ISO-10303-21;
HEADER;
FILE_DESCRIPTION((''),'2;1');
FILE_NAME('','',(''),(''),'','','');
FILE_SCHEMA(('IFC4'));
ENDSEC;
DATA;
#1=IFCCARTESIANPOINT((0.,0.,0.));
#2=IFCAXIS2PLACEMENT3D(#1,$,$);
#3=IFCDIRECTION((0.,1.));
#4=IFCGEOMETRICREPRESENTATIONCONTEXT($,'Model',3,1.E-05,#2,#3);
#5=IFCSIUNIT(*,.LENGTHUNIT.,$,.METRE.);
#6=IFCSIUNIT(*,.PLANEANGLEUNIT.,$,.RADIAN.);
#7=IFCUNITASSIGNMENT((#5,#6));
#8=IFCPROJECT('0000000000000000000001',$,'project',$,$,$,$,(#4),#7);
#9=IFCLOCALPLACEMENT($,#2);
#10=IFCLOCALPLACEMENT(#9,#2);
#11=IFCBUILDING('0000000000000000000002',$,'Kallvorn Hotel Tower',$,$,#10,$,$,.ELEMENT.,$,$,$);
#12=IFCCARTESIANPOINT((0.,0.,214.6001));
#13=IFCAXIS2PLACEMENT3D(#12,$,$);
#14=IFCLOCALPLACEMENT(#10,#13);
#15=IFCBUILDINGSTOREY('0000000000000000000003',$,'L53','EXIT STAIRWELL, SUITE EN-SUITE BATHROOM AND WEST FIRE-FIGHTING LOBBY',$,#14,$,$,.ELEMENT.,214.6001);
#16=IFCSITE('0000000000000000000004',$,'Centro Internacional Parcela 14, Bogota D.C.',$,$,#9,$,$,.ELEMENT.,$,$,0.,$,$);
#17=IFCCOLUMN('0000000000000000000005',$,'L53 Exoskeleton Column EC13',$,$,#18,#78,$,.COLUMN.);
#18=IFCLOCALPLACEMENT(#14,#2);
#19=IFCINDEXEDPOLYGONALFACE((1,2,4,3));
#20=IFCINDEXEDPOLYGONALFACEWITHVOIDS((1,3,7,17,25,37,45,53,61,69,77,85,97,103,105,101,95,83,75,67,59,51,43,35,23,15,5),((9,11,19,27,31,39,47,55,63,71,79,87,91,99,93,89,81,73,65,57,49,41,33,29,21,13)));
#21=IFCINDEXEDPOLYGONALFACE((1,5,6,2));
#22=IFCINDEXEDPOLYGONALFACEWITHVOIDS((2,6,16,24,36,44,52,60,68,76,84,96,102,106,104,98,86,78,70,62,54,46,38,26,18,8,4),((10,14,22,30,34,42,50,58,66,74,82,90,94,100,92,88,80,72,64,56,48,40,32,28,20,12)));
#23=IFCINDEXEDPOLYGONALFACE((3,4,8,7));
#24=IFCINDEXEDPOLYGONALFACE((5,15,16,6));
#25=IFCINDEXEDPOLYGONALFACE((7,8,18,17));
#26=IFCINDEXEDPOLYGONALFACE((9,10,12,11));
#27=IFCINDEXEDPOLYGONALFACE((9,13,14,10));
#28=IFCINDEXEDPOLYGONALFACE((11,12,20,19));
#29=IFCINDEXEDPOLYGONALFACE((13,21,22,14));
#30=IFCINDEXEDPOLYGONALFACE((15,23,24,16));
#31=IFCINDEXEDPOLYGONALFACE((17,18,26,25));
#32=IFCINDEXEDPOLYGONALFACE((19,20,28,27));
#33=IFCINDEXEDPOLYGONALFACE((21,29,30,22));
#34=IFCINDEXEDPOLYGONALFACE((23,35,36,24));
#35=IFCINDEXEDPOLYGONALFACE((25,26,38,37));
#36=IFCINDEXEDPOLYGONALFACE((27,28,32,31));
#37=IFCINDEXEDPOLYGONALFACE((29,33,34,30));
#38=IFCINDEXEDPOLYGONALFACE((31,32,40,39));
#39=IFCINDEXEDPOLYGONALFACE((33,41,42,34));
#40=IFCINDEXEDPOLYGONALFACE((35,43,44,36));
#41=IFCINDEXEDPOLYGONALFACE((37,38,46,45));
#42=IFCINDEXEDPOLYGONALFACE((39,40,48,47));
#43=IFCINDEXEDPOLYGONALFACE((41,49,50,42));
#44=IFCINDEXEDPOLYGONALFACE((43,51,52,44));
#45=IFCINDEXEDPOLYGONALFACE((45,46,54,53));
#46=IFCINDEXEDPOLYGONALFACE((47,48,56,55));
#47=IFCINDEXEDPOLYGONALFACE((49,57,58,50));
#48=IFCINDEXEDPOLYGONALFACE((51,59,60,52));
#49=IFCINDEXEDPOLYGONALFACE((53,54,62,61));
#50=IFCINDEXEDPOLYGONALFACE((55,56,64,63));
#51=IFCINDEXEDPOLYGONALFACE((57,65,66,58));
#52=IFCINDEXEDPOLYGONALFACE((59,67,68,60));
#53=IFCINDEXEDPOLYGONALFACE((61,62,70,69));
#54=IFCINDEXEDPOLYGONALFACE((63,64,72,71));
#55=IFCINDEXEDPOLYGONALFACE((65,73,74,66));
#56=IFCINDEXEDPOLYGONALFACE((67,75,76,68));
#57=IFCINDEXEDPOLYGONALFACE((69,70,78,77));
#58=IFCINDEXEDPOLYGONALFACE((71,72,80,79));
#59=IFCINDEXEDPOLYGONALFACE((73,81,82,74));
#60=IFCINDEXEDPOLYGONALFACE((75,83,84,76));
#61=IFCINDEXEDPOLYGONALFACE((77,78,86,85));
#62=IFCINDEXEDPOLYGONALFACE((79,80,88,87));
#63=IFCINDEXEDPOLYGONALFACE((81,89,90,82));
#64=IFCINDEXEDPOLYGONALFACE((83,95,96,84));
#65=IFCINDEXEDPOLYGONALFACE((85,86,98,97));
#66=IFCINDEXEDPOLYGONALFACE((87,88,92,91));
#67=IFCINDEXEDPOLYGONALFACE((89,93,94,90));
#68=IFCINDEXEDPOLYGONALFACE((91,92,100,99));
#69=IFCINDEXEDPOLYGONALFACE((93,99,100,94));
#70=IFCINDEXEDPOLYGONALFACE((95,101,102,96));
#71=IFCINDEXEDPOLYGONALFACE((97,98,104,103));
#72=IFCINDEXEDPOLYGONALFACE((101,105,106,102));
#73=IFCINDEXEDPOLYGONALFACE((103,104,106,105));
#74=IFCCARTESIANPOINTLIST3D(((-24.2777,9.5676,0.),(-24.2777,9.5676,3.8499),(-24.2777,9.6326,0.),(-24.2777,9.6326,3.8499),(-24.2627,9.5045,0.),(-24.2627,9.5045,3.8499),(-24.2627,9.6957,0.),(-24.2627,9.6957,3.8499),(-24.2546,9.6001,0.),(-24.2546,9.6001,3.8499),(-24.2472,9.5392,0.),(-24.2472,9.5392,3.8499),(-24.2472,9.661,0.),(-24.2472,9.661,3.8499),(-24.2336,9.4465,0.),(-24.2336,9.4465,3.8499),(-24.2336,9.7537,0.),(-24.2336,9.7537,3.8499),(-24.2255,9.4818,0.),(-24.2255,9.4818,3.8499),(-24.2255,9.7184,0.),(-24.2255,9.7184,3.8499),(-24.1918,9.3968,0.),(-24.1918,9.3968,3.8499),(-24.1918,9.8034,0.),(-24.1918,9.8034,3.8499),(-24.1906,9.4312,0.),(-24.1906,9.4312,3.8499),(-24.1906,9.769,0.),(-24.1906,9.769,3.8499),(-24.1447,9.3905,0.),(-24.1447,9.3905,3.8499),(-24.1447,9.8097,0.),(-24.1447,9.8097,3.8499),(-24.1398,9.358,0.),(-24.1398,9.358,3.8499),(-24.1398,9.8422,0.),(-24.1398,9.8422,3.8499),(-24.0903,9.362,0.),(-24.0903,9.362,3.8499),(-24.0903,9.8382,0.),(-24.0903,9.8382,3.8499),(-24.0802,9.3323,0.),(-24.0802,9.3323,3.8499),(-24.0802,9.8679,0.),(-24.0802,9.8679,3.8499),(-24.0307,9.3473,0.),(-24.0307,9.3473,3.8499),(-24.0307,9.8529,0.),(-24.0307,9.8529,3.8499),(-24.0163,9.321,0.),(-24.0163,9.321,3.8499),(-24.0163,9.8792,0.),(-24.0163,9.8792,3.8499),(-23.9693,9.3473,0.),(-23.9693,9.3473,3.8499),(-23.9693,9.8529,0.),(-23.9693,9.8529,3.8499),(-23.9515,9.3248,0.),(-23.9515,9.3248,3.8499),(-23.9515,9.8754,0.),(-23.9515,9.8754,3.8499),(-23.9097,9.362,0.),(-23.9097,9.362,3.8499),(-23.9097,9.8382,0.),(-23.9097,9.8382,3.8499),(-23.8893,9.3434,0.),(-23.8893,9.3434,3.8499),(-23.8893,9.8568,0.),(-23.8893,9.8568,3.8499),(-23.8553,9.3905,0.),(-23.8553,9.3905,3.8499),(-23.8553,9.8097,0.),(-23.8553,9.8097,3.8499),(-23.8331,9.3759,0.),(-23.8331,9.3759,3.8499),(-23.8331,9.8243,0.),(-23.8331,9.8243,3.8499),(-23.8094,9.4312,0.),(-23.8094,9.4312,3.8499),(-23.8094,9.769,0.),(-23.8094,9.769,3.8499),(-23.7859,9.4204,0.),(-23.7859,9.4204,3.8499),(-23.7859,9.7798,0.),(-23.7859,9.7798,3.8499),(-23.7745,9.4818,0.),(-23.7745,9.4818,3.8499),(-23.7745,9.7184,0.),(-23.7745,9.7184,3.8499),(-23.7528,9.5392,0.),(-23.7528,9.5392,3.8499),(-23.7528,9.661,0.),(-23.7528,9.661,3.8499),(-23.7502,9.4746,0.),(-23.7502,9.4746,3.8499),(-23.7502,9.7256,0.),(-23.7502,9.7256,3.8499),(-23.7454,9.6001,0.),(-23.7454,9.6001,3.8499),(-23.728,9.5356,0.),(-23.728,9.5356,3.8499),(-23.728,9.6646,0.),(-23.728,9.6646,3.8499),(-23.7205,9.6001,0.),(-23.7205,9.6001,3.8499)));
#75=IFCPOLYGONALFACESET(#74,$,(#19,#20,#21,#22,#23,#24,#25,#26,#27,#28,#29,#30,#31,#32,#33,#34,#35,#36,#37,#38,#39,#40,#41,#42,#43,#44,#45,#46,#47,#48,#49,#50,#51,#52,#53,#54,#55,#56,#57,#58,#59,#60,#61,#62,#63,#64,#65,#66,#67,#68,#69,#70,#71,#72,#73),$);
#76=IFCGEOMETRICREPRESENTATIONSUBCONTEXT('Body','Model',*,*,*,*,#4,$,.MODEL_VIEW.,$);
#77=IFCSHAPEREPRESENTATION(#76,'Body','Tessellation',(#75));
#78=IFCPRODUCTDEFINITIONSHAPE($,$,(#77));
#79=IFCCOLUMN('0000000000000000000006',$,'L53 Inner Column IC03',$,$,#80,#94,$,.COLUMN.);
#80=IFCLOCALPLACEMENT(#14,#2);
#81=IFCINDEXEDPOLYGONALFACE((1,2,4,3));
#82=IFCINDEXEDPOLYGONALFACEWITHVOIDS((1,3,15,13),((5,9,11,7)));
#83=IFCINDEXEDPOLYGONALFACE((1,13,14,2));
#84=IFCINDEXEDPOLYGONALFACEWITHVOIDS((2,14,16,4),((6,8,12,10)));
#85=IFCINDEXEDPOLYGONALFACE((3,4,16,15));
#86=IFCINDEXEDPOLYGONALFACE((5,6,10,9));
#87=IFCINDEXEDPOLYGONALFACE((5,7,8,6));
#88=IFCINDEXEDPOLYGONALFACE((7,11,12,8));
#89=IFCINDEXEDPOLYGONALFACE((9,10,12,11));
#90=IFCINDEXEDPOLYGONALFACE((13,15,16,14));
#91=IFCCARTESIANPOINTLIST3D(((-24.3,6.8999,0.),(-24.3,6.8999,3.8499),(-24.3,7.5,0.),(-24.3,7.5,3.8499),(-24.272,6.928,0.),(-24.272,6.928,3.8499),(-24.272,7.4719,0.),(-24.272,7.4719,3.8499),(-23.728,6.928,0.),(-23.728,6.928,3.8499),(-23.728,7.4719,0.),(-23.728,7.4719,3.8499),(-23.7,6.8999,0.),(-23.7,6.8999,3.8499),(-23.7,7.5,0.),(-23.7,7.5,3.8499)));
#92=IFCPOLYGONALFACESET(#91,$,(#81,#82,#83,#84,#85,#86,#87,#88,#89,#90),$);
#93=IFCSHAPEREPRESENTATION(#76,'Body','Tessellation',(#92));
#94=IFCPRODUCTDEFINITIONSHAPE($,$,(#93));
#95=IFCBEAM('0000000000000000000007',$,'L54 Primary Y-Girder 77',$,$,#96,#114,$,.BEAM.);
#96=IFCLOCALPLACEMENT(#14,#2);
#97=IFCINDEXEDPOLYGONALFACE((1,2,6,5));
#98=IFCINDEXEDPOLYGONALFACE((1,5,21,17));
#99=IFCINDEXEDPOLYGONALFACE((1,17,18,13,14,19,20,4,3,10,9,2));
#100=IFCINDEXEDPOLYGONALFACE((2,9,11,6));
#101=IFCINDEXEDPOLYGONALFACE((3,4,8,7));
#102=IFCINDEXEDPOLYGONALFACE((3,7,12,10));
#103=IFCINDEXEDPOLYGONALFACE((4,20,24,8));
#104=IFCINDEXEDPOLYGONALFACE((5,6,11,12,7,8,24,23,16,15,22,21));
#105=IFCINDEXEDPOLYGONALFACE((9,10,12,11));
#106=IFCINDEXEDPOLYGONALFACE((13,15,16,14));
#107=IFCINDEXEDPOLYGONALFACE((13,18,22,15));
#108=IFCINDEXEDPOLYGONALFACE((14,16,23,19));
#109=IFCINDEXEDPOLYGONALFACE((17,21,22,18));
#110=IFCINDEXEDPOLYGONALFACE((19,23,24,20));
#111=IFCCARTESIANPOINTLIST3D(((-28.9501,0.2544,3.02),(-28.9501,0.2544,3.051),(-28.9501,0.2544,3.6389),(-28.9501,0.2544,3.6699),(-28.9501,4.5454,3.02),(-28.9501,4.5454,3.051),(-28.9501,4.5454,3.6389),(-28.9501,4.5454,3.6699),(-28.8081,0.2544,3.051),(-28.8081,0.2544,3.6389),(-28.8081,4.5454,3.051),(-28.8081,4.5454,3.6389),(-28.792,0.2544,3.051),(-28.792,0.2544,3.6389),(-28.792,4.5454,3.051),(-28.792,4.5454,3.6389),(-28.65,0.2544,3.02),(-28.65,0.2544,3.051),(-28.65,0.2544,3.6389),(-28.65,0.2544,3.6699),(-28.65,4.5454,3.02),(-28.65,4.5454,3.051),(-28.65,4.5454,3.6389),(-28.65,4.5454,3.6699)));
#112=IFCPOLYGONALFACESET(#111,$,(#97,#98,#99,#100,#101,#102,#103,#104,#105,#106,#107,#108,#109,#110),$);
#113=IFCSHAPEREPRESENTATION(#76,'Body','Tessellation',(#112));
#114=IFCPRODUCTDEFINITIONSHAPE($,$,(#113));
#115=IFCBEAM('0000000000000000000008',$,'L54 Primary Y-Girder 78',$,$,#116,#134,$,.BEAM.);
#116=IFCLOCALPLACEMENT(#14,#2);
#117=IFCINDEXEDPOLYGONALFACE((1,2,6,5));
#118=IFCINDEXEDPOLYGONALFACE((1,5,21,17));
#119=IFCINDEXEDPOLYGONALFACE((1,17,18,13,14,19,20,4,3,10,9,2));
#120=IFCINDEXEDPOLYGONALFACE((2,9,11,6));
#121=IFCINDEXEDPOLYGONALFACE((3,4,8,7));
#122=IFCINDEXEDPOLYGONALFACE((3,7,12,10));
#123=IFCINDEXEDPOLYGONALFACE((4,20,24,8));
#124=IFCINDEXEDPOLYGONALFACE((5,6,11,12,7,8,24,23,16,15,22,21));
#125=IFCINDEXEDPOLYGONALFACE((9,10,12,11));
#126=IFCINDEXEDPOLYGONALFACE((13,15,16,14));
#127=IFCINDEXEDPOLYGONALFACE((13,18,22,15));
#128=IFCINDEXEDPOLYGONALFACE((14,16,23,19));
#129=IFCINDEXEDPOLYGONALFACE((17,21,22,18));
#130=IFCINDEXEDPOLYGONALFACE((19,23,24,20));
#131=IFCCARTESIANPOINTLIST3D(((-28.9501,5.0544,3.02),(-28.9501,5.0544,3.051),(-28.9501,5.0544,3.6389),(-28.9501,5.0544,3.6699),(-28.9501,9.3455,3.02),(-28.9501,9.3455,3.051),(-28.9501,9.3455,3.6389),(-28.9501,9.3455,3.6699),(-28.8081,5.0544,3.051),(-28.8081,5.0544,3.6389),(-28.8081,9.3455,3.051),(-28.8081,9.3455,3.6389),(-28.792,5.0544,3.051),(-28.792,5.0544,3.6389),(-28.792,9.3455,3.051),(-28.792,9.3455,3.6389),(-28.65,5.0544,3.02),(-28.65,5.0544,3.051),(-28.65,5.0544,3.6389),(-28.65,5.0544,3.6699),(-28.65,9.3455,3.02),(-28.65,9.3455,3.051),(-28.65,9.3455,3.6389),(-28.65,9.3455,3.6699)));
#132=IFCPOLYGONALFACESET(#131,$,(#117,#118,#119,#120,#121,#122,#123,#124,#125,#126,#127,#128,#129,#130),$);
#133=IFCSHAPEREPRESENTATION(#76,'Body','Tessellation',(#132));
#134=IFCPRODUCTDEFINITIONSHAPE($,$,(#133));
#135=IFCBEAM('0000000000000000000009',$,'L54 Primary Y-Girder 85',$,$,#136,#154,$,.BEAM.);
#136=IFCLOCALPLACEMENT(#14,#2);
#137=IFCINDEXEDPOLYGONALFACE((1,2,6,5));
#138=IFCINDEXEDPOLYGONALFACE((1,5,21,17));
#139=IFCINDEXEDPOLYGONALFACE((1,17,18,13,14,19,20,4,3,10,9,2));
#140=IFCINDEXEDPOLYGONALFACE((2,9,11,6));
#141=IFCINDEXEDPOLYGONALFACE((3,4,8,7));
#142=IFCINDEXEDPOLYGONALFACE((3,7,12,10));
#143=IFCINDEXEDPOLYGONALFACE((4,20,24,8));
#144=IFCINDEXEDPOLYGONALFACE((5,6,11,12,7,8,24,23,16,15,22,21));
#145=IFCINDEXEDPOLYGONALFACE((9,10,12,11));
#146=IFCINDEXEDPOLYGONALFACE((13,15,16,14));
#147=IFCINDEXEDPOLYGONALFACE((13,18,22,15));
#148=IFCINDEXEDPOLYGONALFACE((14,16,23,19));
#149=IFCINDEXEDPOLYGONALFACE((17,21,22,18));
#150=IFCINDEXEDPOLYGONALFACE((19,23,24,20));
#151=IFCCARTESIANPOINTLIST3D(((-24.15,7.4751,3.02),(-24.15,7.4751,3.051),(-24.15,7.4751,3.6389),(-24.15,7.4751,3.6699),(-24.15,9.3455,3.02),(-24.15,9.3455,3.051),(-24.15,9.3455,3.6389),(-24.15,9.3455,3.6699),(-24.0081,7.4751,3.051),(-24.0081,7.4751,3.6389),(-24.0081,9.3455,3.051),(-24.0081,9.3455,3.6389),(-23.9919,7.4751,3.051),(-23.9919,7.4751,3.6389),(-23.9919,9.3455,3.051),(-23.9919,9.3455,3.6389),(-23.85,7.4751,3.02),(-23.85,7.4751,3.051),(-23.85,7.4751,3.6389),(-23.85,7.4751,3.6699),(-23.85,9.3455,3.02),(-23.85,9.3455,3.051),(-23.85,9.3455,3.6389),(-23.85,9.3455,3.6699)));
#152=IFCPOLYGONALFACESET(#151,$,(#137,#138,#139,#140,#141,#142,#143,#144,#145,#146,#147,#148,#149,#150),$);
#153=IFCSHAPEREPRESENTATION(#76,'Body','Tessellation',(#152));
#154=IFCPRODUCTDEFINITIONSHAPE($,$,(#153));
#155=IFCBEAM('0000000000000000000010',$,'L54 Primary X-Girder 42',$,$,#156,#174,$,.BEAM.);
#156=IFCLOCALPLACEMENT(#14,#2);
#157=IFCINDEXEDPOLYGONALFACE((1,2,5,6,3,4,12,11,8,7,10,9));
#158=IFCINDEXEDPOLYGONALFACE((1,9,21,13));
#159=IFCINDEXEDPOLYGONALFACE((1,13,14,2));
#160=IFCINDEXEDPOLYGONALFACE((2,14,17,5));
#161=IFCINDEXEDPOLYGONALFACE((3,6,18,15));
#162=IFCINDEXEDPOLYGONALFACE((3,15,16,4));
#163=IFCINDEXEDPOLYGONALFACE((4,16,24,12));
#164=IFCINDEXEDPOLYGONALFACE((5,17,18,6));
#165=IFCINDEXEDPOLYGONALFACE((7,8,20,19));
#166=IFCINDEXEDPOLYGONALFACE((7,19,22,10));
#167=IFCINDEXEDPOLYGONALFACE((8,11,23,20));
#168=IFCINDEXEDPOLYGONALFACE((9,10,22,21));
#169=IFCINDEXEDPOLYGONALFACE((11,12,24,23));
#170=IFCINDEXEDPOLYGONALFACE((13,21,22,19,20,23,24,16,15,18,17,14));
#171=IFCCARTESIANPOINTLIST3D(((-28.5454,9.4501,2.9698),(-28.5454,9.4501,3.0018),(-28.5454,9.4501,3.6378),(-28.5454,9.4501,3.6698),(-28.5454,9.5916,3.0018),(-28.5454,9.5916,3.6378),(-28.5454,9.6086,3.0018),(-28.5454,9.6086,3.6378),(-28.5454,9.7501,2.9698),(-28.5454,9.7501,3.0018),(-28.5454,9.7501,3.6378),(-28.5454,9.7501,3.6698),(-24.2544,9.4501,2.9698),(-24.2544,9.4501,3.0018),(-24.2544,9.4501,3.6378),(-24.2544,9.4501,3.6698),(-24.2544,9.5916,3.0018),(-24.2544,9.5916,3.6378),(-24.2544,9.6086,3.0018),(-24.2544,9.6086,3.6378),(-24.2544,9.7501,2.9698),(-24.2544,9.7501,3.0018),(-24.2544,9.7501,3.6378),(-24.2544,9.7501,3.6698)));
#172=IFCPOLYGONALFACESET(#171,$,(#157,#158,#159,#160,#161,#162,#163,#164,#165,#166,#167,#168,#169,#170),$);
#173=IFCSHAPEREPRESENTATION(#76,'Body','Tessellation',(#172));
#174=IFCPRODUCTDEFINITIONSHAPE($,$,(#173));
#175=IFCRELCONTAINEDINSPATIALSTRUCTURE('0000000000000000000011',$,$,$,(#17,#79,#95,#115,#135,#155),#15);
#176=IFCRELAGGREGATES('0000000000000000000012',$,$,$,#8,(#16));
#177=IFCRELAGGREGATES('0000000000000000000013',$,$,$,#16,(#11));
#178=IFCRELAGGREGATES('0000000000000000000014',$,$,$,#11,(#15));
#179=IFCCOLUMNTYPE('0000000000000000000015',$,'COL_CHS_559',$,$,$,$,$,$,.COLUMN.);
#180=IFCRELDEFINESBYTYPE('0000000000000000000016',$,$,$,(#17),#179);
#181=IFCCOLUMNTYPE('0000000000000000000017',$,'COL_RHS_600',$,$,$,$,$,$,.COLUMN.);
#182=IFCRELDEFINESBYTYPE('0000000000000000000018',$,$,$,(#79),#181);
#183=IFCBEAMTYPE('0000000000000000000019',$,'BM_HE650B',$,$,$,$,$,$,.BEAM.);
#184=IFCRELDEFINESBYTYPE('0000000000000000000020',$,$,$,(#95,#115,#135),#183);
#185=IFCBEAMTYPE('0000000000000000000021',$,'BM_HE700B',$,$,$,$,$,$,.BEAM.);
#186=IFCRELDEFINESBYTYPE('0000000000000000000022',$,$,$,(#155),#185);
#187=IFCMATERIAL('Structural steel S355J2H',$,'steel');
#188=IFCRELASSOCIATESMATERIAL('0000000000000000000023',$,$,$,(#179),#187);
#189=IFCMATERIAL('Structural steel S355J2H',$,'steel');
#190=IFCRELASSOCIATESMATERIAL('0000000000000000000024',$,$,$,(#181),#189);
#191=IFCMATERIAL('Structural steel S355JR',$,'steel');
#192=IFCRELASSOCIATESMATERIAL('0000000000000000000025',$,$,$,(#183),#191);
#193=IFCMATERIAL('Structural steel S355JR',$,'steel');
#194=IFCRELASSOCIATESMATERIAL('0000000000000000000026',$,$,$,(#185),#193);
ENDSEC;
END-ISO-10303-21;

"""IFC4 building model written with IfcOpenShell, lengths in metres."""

from ifc_helpers import new_model, si_unit, direction, frame, origin, origin_2d, place, context, subcontext, project, spatial, hollow_rectangle, hollow_circle, i_section, extrude, material, material_profile, profile_set, type_object, element, save


model = new_model("IFC4")

# Units and contexts
model_context = context("Model", 3, precision=1e-05, world=origin(), true_north=direction((0.0, 1.0)))
body_context = subcontext(model_context, "Body", "Model", "MODEL_VIEW")
ifc_project = project(units=[si_unit("LENGTHUNIT", "METRE"), si_unit("PLANEANGLEUNIT", "RADIAN")], contexts=[model_context])

# Site, building, storey
site_placement = place(None, origin())
site = spatial("IfcSite", under=ifc_project, at=site_placement, Name="Centro Internacional Parcela 14, Bogota D.C.", CompositionType="ELEMENT", RefElevation=0.0)
building_placement = place(site_placement, origin())
building = spatial("IfcBuilding", under=site, at=building_placement, Name="Kallvorn Hotel Tower", CompositionType="ELEMENT")
storey_placement = place(building_placement, frame((0.0, 0.0, 214.6001)))
storey = spatial("IfcBuildingStorey", under=building, at=storey_placement, Name="L53", Description="EXIT STAIRWELL, SUITE EN-SUITE BATHROOM AND WEST FIRE-FIGHTING LOBBY", CompositionType="ELEMENT", Elevation=214.6001)

# Columns
ifc_material_1 = material(Name="Structural steel S355J2H", Category="steel")
ifc_material_profile_1 = material_profile(ifc_material_1, hollow_circle(Radius=0.2795, WallThickness=0.0249, at=origin_2d()), Name="CHS 559x25")
ifc_profile_set_1 = profile_set([ifc_material_profile_1], Name="Structural steel S355J2H")
column_type_1 = type_object("IfcColumnType", Name="COL_CHS_559", PredefinedType="COLUMN", material=ifc_profile_set_1)
for number, where, z_axis, x_axis, name in (
    (1, (-24.0, 9.6001, 0.0), (0.0, 0.0, 1.0), (1.0, 0.0, 0.0), "L53 Exoskeleton Column EC13"),
):
    element("IfcColumn", number, at=place(storey_placement, frame(where, z_axis=z_axis, x_axis=x_axis)), inside=storey, type_object=column_type_1, Name=name, PredefinedType="COLUMN", context=body_context, shape_type="SweptSolid", body=[
        extrude(hollow_circle(Radius=0.2795, WallThickness=0.0249, at=origin_2d()), origin(), (0.0, 0.0, 1.0), 3.8499),
    ])
ifc_material_2 = material(Name="Structural steel S355J2H", Category="steel")
ifc_material_profile_2 = material_profile(ifc_material_2, hollow_rectangle(XDim=0.6001, YDim=0.6001, WallThickness=0.0281, at=origin_2d()), Name="RHS 600x600x28")
ifc_profile_set_2 = profile_set([ifc_material_profile_2], Name="Structural steel S355J2H")
column_type_2 = type_object("IfcColumnType", Name="COL_RHS_600", PredefinedType="COLUMN", material=ifc_profile_set_2)
column_placement = place(storey_placement, frame((-24.0, 7.2, 0.0), z_axis=(0.0, 0.0, 1.0), x_axis=(1.0, 0.0, 0.0)))
element("IfcColumn", 2, at=column_placement, inside=storey, type_object=column_type_2, Name="L53 Inner Column IC03", PredefinedType="COLUMN", context=body_context, shape_type="SweptSolid", body=[
    extrude(hollow_rectangle(XDim=0.6001, YDim=0.6001, WallThickness=0.0281, at=origin_2d()), origin(), (0.0, 0.0, 1.0), 3.8499),
])

# Beams
ifc_material_3 = material(Name="Structural steel S355JR", Category="steel")
ifc_material_profile_3 = material_profile(ifc_material_3, i_section(OverallWidth=0.3, OverallDepth=0.6499, WebThickness=0.0161, FlangeThickness=0.031, at=origin_2d()), Name="HE 650 B")
ifc_profile_set_3 = profile_set([ifc_material_profile_3], Name="Structural steel S355JR")
beam_type_1 = type_object("IfcBeamType", Name="BM_HE650B", PredefinedType="BEAM", material=ifc_profile_set_3)
for number, where, z_axis, x_axis, name in (
    (3, (-28.8, 0.2544, 3.345), (0.0, 1.0, 0.0), (-1.0, 0.0, 0.0), "L54 Primary Y-Girder 77"),
    (4, (-28.8, 5.0544, 3.345), (0.0, 1.0, 0.0), (-1.0, 0.0, 0.0), "L54 Primary Y-Girder 78"),
):
    element("IfcBeam", number, at=place(storey_placement, frame(where, z_axis=z_axis, x_axis=x_axis)), inside=storey, type_object=beam_type_1, Name=name, PredefinedType="BEAM", context=body_context, shape_type="SweptSolid", body=[
        extrude(i_section(OverallWidth=0.3, OverallDepth=0.6499, WebThickness=0.0161, FlangeThickness=0.031, at=origin_2d()), origin(), (0.0, 0.0, 1.0), 4.291),
    ])
beam_1_placement = place(storey_placement, frame((-24.0, 7.4751, 3.345), z_axis=(0.0, 1.0, 0.0), x_axis=(-1.0, 0.0, 0.0)))
element("IfcBeam", 5, at=beam_1_placement, inside=storey, type_object=beam_type_1, Name="L54 Primary Y-Girder 85", PredefinedType="BEAM", context=body_context, shape_type="SweptSolid", body=[
    extrude(i_section(OverallWidth=0.3, OverallDepth=0.6499, WebThickness=0.0161, FlangeThickness=0.031, at=origin_2d()), origin(), (0.0, 0.0, 1.0), 1.8704),
])
ifc_material_4 = material(Name="Structural steel S355JR", Category="steel")
ifc_material_profile_4 = material_profile(ifc_material_4, i_section(OverallWidth=0.3, OverallDepth=0.7, WebThickness=0.0171, FlangeThickness=0.032, at=origin_2d()), Name="HE 700 B")
ifc_profile_set_4 = profile_set([ifc_material_profile_4], Name="Structural steel S355JR")
beam_type_2 = type_object("IfcBeamType", Name="BM_HE700B", PredefinedType="BEAM", material=ifc_profile_set_4)
beam_2_placement = place(storey_placement, frame((-28.5454, 9.6001, 3.3198), z_axis=(1.0, 0.0, 0.0), x_axis=(0.0, 1.0, 0.0)))
element("IfcBeam", 6, at=beam_2_placement, inside=storey, type_object=beam_type_2, Name="L54 Primary X-Girder 42", PredefinedType="BEAM", context=body_context, shape_type="SweptSolid", body=[
    extrude(i_section(OverallWidth=0.3, OverallDepth=0.7, WebThickness=0.0171, FlangeThickness=0.032, at=origin_2d()), origin(), (0.0, 0.0, 1.0), 4.291),
])

save(model, "model.ifc")
